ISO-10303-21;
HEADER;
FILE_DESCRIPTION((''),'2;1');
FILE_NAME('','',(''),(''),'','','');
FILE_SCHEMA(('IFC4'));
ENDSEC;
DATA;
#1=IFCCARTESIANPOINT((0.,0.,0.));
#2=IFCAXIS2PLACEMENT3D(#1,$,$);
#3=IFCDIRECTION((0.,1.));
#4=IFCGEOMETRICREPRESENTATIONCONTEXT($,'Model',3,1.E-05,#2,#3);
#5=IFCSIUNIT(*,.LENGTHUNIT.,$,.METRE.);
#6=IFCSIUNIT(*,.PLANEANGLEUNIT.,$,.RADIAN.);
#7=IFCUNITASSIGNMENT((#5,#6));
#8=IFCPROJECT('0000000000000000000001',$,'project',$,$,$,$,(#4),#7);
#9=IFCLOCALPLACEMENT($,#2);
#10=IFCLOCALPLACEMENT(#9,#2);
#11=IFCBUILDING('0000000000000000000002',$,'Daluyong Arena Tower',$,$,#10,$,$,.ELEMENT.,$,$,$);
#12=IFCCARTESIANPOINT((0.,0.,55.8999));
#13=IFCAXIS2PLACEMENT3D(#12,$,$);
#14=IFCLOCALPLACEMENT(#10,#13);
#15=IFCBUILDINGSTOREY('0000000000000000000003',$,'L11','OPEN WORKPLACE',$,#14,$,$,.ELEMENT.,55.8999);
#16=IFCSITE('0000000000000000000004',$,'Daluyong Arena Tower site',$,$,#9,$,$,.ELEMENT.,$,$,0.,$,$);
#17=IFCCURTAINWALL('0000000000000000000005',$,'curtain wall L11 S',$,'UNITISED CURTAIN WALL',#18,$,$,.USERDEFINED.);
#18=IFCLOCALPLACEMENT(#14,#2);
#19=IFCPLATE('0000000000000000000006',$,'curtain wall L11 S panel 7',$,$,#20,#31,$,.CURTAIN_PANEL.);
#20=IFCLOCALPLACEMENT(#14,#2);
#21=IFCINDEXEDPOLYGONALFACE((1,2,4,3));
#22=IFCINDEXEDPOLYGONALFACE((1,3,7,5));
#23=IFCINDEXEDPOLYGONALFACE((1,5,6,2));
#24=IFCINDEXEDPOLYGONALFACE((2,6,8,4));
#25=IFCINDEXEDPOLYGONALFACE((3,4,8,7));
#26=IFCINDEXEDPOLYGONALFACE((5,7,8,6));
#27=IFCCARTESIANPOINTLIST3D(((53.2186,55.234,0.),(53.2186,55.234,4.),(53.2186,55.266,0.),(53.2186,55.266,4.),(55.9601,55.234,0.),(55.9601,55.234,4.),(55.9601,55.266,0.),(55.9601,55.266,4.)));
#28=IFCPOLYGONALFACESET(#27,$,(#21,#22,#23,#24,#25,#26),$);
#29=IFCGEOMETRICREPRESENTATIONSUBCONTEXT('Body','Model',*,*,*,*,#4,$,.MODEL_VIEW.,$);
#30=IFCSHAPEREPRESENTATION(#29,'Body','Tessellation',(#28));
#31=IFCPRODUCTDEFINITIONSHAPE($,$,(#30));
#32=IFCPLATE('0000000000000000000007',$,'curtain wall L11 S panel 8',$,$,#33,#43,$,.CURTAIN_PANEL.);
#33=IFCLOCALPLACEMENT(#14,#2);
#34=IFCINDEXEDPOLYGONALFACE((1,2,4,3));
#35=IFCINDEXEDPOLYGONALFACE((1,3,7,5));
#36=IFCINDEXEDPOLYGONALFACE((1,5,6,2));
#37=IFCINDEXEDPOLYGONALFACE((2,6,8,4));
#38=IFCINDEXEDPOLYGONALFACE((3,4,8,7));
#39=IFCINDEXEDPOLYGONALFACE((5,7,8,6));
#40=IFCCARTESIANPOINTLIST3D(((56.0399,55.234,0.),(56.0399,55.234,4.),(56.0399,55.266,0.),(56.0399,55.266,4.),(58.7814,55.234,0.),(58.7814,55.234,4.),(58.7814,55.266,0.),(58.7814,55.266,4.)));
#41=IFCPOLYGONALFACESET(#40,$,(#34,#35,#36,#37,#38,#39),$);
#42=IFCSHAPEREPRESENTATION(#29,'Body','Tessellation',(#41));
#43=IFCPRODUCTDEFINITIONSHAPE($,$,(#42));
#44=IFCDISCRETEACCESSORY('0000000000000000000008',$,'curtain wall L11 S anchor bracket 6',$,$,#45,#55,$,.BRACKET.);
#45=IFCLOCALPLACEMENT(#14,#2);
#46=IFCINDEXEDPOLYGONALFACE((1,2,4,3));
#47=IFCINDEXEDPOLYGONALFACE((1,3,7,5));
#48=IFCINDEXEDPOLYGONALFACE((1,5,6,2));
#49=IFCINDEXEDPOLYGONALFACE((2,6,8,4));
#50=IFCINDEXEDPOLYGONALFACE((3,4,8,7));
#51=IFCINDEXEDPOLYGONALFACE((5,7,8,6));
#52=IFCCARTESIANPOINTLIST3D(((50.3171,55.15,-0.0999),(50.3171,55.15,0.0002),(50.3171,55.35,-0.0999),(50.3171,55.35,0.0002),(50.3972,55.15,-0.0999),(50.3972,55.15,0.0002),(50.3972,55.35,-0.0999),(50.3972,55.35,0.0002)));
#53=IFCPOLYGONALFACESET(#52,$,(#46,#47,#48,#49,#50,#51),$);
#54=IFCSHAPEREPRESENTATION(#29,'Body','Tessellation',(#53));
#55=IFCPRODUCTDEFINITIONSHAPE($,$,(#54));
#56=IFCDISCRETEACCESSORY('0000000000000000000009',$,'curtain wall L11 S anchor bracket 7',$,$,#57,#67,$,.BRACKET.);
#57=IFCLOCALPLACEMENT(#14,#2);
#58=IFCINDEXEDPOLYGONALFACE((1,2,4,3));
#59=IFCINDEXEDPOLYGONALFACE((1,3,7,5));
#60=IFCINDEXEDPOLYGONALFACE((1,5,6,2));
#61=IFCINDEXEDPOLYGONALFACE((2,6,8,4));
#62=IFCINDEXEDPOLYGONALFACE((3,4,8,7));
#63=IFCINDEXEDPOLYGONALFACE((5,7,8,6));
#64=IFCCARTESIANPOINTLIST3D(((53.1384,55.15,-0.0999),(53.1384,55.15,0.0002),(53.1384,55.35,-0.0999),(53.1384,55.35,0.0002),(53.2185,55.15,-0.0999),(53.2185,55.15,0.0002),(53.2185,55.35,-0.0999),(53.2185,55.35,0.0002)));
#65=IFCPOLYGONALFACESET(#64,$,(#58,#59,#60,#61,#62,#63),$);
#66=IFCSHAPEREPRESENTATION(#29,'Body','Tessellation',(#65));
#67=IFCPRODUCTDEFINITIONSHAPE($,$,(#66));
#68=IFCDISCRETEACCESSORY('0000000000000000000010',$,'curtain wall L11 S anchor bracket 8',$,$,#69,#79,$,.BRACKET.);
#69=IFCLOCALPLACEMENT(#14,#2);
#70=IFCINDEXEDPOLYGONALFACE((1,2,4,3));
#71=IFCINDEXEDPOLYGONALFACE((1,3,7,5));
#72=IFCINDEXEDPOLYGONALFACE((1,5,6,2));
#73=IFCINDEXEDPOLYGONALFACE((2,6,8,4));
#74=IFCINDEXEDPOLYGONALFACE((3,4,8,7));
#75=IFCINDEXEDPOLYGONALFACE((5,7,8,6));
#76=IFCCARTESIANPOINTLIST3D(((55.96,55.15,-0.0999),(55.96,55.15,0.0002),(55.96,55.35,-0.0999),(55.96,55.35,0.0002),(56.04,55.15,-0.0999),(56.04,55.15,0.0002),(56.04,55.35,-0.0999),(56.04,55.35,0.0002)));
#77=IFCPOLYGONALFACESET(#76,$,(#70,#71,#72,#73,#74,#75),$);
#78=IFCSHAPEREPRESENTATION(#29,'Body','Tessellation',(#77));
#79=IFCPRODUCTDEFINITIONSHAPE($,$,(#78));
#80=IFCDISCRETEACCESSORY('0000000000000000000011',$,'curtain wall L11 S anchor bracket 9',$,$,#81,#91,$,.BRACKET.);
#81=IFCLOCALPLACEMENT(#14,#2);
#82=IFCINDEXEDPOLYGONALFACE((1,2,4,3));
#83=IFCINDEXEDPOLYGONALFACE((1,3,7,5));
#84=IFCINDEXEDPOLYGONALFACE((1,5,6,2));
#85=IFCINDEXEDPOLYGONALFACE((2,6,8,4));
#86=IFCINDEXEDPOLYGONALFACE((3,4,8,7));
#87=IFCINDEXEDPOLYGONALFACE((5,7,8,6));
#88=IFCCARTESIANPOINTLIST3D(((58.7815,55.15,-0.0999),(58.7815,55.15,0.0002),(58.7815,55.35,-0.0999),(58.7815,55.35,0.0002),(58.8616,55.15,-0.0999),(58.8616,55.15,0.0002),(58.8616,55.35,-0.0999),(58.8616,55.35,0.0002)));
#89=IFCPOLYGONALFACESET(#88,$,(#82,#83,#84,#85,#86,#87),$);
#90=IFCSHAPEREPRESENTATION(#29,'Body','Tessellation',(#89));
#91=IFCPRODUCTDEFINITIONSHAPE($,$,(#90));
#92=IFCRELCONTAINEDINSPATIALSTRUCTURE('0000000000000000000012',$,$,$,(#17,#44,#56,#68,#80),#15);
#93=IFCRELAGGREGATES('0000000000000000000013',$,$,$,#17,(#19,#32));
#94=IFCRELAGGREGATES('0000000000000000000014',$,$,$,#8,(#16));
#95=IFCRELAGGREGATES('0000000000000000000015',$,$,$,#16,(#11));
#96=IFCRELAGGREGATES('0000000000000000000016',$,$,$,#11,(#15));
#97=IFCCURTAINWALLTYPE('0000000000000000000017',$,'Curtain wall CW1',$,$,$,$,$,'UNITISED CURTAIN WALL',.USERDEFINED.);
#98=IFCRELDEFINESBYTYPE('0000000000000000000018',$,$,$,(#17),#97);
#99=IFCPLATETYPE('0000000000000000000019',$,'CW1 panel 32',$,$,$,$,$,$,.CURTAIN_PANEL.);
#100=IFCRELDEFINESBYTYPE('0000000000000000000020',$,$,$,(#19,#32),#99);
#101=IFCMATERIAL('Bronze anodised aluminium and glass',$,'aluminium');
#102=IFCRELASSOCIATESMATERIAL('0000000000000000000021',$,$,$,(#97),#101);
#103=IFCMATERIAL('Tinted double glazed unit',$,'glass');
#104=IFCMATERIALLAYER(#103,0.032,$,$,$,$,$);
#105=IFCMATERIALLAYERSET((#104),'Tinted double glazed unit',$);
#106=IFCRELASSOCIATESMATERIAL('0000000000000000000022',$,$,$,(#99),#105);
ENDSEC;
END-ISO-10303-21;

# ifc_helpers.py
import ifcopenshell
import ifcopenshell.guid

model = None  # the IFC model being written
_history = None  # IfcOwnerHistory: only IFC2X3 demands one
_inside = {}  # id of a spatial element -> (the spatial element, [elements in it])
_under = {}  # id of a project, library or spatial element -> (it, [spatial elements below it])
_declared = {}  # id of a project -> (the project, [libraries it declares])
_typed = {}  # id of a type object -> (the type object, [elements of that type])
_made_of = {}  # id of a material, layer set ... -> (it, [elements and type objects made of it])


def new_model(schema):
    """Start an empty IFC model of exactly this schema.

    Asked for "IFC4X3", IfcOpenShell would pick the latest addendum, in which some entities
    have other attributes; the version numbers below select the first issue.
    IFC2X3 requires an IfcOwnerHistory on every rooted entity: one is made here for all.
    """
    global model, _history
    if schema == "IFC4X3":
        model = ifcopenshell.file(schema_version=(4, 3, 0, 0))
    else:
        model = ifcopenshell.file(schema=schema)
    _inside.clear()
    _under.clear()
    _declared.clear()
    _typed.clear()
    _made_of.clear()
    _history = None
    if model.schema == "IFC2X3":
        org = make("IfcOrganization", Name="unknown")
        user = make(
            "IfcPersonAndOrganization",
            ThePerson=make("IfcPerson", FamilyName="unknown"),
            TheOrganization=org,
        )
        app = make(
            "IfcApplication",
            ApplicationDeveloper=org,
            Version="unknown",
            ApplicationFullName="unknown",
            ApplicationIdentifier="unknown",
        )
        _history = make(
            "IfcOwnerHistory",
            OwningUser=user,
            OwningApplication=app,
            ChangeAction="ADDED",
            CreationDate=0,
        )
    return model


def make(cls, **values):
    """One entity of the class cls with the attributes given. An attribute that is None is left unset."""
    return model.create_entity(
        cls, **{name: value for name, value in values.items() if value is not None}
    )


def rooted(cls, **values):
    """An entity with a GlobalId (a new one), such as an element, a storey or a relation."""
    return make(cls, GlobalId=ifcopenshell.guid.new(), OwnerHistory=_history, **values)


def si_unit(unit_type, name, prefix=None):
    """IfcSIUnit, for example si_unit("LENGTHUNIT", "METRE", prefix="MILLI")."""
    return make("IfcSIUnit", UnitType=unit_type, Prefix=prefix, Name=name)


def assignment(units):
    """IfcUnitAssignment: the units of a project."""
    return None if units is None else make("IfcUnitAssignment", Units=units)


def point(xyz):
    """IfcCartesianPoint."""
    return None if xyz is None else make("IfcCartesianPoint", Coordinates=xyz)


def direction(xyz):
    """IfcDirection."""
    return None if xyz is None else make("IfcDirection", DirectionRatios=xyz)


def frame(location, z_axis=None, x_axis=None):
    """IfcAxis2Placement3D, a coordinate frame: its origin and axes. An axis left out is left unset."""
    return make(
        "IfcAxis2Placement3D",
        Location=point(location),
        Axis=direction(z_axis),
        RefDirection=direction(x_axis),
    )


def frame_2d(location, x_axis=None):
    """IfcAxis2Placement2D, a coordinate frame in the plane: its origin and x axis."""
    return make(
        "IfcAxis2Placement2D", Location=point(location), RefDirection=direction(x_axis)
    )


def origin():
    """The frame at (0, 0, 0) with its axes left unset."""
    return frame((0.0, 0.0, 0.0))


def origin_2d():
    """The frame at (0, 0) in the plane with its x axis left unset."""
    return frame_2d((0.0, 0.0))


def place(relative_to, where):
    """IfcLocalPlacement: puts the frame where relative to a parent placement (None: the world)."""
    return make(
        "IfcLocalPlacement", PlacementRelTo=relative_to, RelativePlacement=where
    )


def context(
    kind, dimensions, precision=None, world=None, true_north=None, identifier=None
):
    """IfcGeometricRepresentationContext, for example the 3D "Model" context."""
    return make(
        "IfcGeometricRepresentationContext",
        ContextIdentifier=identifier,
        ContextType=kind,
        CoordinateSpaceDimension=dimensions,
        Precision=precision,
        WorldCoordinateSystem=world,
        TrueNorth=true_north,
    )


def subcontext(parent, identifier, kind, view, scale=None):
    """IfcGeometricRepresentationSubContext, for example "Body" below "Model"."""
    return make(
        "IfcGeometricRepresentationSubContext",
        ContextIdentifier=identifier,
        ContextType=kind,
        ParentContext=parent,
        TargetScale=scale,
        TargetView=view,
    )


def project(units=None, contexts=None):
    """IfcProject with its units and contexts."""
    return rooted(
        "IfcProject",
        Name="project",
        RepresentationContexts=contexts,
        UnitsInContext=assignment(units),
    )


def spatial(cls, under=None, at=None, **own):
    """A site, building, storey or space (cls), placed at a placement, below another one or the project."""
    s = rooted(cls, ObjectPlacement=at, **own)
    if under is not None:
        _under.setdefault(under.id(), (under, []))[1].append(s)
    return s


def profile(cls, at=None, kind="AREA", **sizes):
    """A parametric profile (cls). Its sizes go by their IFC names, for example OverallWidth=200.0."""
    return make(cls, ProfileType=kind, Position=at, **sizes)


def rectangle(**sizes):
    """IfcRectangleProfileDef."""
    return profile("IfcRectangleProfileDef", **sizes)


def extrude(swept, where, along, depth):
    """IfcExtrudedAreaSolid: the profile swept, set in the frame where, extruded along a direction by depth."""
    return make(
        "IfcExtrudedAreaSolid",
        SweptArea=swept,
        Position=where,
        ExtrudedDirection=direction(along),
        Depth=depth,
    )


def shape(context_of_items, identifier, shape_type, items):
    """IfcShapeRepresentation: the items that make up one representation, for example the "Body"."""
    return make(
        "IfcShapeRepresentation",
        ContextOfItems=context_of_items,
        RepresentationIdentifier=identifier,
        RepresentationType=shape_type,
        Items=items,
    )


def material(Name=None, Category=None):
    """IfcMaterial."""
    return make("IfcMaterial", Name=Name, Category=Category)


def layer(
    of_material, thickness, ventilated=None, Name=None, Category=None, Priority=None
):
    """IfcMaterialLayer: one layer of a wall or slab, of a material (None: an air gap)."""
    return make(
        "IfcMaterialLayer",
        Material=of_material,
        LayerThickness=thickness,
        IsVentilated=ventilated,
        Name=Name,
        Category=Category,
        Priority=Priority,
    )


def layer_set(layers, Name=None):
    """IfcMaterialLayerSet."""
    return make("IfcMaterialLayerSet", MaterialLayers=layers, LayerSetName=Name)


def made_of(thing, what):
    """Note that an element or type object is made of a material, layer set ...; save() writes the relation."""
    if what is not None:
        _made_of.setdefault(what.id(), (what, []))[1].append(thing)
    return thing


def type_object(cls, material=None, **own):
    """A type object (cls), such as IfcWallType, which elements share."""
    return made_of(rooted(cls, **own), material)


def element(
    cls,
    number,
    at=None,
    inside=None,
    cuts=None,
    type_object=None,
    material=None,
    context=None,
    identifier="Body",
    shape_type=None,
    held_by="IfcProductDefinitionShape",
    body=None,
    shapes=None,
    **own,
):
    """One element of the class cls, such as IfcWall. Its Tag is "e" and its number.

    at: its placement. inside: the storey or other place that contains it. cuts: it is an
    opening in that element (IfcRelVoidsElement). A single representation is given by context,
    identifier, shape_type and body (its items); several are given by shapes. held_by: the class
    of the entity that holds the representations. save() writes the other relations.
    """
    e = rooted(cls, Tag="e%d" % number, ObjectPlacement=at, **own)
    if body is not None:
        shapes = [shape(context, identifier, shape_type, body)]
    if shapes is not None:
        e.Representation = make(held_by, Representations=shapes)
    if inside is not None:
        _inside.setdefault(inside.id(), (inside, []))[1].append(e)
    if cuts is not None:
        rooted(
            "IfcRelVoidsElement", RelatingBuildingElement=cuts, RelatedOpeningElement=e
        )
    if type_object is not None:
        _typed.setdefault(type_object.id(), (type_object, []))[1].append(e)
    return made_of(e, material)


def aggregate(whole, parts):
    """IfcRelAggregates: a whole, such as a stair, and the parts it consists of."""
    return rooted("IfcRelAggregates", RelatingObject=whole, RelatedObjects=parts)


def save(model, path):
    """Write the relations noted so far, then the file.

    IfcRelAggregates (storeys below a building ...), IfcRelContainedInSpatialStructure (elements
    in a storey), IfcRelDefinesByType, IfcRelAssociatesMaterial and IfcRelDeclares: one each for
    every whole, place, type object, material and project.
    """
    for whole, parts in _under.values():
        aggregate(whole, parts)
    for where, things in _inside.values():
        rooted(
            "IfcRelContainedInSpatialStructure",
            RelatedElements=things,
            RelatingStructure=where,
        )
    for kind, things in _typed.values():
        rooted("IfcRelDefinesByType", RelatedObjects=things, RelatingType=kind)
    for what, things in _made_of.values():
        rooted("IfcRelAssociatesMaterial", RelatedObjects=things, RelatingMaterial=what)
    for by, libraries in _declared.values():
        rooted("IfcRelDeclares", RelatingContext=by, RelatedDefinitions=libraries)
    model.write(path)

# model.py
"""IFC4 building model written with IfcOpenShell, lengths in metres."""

from ifc_helpers import new_model, si_unit, direction, frame, origin, origin_2d, place, context, subcontext, project, spatial, rectangle, extrude, material, layer, layer_set, type_object, element, aggregate, save


model = new_model("IFC4")

# Units and contexts
model_context = context("Model", 3, precision=1e-05, world=origin(), true_north=direction((0.0, 1.0)))
body_context = subcontext(model_context, "Body", "Model", "MODEL_VIEW")
ifc_project = project(units=[si_unit("LENGTHUNIT", "METRE"), si_unit("PLANEANGLEUNIT", "RADIAN")], contexts=[model_context])

# Site, building, storey
site_placement = place(None, origin())
site = spatial("IfcSite", under=ifc_project, at=site_placement, Name="Daluyong Arena Tower site", CompositionType="ELEMENT", RefElevation=0.0)
building_placement = place(site_placement, origin())
building = spatial("IfcBuilding", under=site, at=building_placement, Name="Daluyong Arena Tower", CompositionType="ELEMENT")
storey_placement = place(building_placement, frame((0.0, 0.0, 55.8999)))
storey = spatial("IfcBuildingStorey", under=building, at=storey_placement, Name="L11", Description="OPEN WORKPLACE", CompositionType="ELEMENT", Elevation=55.8999)

# Curtain wall
ifc_material_1 = material(Name="Bronze anodised aluminium and glass", Category="aluminium")
curtain_wall_type = type_object("IfcCurtainWallType", Name="Curtain wall CW1", ElementType="UNITISED CURTAIN WALL", PredefinedType="USERDEFINED", material=ifc_material_1)
curtain_wall_placement = place(storey_placement, origin())
curtain_wall = element("IfcCurtainWall", 1, at=curtain_wall_placement, inside=storey, type_object=curtain_wall_type, Name="curtain wall L11 S", ObjectType="UNITISED CURTAIN WALL", PredefinedType="USERDEFINED")

# Plates
ifc_material_2 = material(Name="Tinted double glazed unit", Category="glass")
ifc_layer = layer(ifc_material_2, 0.032)
ifc_layer_set = layer_set([ifc_layer], Name="Tinted double glazed unit")
plate_type = type_object("IfcPlateType", Name="CW1 panel 32", PredefinedType="CURTAIN_PANEL", material=ifc_layer_set)
plate_1_placement = place(storey_placement, frame((54.5894, 55.25, 0.0), z_axis=(0.0, 0.0, 1.0), x_axis=(1.0, 0.0, 0.0)))
plate_1 = element("IfcPlate", 2, at=plate_1_placement, type_object=plate_type, Name="curtain wall L11 S panel 7", PredefinedType="CURTAIN_PANEL", context=body_context, shape_type="SweptSolid", body=[
    extrude(rectangle(XDim=2.7415, YDim=0.032, at=origin_2d()), origin(), (0.0, 0.0, 1.0), 4.0),
])
plate_2_placement = place(storey_placement, frame((57.4106, 55.25, 0.0), z_axis=(0.0, 0.0, 1.0), x_axis=(1.0, 0.0, 0.0)))
plate_2 = element("IfcPlate", 3, at=plate_2_placement, type_object=plate_type, Name="curtain wall L11 S panel 8", PredefinedType="CURTAIN_PANEL", context=body_context, shape_type="SweptSolid", body=[
    extrude(rectangle(XDim=2.7415, YDim=0.032, at=origin_2d()), origin(), (0.0, 0.0, 1.0), 4.0),
])
aggregate(curtain_wall, [plate_1, plate_2])

# Discrete accessories
for number, where, z_axis, x_axis, name in (
    (4, (50.3572, 55.25, -0.0999), (0.0, 0.0, 1.0), (1.0, 0.0, 0.0), "curtain wall L11 S anchor bracket 6"),
    (5, (53.1785, 55.25, -0.0999), (0.0, 0.0, 1.0), (1.0, 0.0, 0.0), "curtain wall L11 S anchor bracket 7"),
    (6, (56.0, 55.25, -0.0999), (0.0, 0.0, 1.0), (1.0, 0.0, 0.0), "curtain wall L11 S anchor bracket 8"),
    (7, (58.8215, 55.25, -0.0999), (0.0, 0.0, 1.0), (1.0, 0.0, 0.0), "curtain wall L11 S anchor bracket 9"),
):
    element("IfcDiscreteAccessory", number, at=place(storey_placement, frame(where, z_axis=z_axis, x_axis=x_axis)), inside=storey, Name=name, PredefinedType="BRACKET", context=body_context, shape_type="SweptSolid", body=[
        extrude(rectangle(XDim=0.0801, YDim=0.2, at=origin_2d()), origin(), (0.0, 0.0, 1.0), 0.1001),
    ])

save(model, "model.ifc")
